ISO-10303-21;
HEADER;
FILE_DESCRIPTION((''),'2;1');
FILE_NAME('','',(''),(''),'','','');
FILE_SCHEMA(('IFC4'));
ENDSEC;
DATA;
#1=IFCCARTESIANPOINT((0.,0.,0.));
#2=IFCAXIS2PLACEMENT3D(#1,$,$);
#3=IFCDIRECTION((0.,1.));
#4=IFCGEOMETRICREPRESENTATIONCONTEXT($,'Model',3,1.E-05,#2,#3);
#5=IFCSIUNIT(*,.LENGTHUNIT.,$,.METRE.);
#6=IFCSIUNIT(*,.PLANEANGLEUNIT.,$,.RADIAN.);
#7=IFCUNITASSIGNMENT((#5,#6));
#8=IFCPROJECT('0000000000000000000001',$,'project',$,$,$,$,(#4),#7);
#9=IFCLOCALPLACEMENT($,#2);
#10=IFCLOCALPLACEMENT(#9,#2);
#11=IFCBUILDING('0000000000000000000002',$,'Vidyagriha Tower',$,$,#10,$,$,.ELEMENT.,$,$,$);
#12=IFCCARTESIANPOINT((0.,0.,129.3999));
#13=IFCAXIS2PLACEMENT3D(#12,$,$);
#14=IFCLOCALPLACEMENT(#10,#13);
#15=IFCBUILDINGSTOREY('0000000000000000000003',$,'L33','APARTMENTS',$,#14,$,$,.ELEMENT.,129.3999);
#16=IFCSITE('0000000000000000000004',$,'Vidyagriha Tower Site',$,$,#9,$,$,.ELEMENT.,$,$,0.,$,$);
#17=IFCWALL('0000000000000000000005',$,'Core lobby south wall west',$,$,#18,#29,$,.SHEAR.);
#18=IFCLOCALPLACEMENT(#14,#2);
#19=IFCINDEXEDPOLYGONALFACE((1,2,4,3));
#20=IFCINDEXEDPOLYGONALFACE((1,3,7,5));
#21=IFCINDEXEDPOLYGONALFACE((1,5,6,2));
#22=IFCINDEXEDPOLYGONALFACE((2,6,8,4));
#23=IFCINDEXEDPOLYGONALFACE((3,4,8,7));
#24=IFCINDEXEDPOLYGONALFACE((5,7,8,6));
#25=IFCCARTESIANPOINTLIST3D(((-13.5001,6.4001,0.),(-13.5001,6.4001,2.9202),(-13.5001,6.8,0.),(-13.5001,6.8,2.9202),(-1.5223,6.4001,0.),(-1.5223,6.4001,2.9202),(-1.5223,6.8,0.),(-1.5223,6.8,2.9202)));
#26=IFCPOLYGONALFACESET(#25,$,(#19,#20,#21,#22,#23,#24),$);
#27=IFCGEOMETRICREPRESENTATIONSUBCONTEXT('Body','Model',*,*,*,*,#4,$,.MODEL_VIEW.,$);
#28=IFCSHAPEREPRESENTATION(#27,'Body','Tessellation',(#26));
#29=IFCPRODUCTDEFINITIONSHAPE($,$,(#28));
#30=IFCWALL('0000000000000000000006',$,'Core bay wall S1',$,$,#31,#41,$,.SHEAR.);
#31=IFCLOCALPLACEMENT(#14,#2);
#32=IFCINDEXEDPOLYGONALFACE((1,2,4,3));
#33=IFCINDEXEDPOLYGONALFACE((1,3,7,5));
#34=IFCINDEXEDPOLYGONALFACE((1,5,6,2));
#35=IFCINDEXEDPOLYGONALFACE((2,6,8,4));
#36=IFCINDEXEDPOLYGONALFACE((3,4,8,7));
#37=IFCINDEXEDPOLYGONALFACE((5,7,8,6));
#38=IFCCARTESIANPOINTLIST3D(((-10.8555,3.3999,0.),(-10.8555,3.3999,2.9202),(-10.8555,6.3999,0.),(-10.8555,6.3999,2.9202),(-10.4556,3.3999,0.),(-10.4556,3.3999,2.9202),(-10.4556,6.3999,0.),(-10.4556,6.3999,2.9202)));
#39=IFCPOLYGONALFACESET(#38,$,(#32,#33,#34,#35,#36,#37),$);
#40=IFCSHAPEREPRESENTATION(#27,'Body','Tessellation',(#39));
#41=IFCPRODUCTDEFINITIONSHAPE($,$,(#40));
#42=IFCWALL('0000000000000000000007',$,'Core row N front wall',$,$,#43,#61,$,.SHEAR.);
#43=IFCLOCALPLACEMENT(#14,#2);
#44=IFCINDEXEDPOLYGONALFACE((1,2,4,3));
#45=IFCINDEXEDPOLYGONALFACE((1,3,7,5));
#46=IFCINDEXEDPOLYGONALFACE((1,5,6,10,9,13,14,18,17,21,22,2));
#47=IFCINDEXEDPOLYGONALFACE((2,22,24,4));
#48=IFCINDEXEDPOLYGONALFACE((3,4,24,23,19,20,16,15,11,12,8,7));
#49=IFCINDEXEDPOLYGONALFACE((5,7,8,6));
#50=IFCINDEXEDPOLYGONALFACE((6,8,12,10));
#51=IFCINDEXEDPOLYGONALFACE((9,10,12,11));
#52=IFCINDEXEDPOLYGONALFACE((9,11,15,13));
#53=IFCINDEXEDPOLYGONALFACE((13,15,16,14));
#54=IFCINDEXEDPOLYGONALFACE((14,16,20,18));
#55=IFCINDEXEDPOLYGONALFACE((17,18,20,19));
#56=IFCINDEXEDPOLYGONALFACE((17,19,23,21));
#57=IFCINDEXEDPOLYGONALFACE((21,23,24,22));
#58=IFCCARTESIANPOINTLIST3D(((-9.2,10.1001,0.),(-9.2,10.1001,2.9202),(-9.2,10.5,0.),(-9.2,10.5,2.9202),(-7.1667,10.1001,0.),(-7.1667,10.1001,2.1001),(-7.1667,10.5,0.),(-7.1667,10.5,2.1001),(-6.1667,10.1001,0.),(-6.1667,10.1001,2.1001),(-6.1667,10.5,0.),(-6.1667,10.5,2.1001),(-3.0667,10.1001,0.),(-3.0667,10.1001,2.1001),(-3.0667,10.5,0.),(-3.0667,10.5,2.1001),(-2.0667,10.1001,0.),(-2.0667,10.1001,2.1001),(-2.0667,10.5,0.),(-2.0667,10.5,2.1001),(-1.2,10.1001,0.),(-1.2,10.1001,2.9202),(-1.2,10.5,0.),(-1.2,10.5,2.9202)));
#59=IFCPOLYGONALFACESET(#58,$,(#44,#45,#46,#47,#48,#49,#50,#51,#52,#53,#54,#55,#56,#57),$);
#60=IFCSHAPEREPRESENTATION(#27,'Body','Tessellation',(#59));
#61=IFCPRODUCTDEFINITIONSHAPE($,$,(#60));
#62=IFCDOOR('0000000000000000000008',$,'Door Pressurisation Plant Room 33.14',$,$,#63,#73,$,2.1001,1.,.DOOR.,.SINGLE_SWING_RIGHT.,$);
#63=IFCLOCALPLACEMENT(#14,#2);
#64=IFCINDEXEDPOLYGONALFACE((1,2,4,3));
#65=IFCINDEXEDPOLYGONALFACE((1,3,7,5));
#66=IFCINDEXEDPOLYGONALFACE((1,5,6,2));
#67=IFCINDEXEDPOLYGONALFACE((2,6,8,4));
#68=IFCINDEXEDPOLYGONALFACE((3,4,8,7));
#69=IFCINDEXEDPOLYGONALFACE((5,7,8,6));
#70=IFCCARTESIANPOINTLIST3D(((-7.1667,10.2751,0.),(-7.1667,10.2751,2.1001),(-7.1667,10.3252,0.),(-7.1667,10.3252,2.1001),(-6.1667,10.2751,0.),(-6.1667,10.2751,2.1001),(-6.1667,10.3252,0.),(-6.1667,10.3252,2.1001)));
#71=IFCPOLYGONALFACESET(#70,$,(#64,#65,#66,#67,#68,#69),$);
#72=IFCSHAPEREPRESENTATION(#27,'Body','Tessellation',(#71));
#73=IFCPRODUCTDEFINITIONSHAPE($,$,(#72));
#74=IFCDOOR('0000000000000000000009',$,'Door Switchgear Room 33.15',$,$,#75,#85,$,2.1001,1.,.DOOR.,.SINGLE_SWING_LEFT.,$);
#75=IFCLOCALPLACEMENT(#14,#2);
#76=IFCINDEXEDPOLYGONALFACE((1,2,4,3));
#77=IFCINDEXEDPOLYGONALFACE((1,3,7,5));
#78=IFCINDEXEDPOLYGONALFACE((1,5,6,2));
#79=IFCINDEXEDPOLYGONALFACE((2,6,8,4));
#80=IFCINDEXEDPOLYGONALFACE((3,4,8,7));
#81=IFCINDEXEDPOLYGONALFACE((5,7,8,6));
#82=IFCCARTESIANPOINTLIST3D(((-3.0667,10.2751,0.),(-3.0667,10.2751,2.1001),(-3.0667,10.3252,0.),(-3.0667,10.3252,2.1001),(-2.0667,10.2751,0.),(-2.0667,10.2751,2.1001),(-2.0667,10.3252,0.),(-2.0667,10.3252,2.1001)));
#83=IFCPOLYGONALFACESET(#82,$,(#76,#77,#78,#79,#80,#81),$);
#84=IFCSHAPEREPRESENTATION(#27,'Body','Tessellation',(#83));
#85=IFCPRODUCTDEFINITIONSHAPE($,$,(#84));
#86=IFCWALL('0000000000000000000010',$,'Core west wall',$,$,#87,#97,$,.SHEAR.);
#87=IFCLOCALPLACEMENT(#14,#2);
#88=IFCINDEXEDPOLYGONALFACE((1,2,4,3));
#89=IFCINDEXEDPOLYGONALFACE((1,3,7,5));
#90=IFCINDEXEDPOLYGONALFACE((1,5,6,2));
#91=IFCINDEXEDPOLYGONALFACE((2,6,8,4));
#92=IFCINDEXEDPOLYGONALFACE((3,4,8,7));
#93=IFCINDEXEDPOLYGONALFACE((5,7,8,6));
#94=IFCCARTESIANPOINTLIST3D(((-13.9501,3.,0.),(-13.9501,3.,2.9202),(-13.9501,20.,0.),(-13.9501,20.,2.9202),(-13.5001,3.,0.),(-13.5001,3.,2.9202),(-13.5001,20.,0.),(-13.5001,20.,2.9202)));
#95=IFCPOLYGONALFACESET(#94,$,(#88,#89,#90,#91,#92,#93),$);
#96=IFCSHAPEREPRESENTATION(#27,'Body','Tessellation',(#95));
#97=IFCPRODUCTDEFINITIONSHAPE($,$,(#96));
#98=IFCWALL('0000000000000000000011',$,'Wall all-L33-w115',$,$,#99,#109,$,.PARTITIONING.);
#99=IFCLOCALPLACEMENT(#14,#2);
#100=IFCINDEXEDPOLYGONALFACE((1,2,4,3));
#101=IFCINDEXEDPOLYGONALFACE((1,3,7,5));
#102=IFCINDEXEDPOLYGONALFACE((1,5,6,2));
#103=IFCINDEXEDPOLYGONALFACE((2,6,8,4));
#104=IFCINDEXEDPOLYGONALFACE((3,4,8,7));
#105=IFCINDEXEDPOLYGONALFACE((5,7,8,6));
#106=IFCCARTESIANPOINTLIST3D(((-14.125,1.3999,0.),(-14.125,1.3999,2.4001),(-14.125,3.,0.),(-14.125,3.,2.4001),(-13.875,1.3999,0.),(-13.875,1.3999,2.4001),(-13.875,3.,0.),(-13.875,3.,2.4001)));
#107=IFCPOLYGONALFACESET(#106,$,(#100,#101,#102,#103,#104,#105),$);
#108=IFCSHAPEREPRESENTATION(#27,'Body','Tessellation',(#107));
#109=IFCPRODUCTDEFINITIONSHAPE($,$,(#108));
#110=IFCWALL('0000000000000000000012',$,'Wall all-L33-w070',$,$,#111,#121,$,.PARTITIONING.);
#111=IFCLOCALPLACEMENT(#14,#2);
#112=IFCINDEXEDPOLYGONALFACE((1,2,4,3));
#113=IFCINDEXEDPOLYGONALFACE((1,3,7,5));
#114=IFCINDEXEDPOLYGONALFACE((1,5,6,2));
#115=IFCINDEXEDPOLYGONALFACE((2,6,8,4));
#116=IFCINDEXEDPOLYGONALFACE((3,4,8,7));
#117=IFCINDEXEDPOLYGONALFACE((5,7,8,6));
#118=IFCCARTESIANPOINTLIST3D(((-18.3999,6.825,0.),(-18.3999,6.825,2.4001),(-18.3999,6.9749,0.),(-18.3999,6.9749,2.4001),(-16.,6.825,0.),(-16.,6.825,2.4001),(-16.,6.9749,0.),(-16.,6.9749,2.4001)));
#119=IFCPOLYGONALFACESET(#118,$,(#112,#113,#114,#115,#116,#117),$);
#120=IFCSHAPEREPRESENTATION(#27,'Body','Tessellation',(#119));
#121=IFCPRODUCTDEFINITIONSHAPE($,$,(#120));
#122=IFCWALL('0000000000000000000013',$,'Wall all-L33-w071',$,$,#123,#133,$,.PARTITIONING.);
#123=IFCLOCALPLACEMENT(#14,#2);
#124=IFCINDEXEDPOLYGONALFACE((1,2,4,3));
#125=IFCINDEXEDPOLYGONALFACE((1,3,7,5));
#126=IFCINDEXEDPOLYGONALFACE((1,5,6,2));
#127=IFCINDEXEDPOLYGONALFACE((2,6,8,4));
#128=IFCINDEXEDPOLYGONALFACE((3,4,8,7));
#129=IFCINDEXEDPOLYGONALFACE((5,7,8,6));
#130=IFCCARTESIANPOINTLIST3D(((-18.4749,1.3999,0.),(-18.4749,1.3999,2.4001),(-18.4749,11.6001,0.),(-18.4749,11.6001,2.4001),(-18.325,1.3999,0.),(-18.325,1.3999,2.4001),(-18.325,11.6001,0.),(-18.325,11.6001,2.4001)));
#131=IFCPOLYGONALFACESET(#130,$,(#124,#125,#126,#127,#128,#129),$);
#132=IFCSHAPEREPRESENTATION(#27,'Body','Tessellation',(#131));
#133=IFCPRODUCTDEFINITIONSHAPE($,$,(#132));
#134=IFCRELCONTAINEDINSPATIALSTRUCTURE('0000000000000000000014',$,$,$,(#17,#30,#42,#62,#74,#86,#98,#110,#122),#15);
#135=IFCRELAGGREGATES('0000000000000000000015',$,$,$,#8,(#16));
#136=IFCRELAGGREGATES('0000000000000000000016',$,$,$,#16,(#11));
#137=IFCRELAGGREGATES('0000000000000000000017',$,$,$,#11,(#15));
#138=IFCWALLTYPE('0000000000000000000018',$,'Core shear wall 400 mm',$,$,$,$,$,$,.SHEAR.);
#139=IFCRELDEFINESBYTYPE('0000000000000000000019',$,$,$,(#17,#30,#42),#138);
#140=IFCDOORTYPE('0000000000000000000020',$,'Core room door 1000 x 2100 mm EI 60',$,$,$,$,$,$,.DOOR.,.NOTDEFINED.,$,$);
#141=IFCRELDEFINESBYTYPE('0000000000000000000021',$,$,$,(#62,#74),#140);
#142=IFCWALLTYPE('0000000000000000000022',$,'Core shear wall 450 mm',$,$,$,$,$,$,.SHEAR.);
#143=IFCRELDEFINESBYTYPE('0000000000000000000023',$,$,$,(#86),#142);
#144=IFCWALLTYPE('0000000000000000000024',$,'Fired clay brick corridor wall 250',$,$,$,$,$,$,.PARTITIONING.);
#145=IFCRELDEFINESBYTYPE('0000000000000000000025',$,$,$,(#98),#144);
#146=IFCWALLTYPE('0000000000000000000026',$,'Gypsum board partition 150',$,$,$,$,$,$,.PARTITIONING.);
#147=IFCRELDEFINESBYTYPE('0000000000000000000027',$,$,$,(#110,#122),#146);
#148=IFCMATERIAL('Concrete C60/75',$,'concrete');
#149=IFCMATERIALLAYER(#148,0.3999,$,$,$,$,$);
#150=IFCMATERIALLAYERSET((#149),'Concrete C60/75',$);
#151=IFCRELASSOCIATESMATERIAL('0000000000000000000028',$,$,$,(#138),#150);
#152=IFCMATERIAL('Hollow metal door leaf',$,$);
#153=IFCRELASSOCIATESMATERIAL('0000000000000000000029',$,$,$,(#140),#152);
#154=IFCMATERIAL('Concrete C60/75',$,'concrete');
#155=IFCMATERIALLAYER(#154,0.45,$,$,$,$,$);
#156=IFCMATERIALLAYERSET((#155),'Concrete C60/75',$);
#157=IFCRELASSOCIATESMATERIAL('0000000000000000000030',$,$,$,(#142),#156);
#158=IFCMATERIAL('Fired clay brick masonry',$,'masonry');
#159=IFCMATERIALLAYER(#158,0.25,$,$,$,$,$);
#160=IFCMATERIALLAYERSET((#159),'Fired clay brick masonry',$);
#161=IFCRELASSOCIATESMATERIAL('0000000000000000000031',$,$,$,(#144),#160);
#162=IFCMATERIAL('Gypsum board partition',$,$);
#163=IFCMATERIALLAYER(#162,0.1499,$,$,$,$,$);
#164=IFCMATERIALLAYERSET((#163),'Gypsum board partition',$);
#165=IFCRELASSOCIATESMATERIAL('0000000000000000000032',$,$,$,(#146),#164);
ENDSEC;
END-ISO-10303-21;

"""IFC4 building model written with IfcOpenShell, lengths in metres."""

from ifc_helpers import new_model, si_unit, direction, frame, frame_2d, origin, place, context, subcontext, project, spatial, rectangle, extrude, material, layer, layer_set, type_object, element, fill, save


model = new_model("IFC4")

# Units and contexts
model_context = context("Model", 3, precision=1e-05, world=origin(), true_north=direction((0.0, 1.0)))
body_context = subcontext(model_context, "Body", "Model", "MODEL_VIEW")
ifc_project = project(units=[si_unit("LENGTHUNIT", "METRE"), si_unit("PLANEANGLEUNIT", "RADIAN")], contexts=[model_context])

# Site, building, storey
site_placement = place(None, origin())
site = spatial("IfcSite", under=ifc_project, at=site_placement, Name="Vidyagriha Tower Site", CompositionType="ELEMENT", RefElevation=0.0)
building_placement = place(site_placement, origin())
building = spatial("IfcBuilding", under=site, at=building_placement, Name="Vidyagriha Tower", CompositionType="ELEMENT")
storey_placement = place(building_placement, frame((0.0, 0.0, 129.3999)))
storey = spatial("IfcBuildingStorey", under=building, at=storey_placement, Name="L33", Description="APARTMENTS", CompositionType="ELEMENT", Elevation=129.3999)

# Shared definitions
ifc_material_1 = material(Name="Concrete C60/75", Category="concrete")
ifc_layer_1 = layer(ifc_material_1, 0.3999)
ifc_layer_set_1 = layer_set([ifc_layer_1], Name="Concrete C60/75")
wall_type_1 = type_object("IfcWallType", Name="Core shear wall 400 mm", PredefinedType="SHEAR", material=ifc_layer_set_1)
ifc_material_2 = material(Name="Hollow metal door leaf")
door_type_1 = type_object("IfcDoorType", Name="Core room door 1000 x 2100 mm EI 60", OperationType="NOTDEFINED", PredefinedType="DOOR", material=ifc_material_2)

# Walls
wall_1_placement = place(storey_placement, frame((-13.5, 6.6001, 0.0)))
element("IfcWall", 1, at=wall_1_placement, inside=storey, type_object=wall_type_1, Name="Core lobby south wall west", PredefinedType="SHEAR", context=body_context, shape_type="SweptSolid", body=[
    extrude(rectangle(XDim=11.9778, YDim=0.3999, at=frame_2d((5.9888, 0.0))), origin(), (0.0, 0.0, 1.0), 2.9202),
])
wall_2_placement = place(storey_placement, frame((-10.6555, 3.3999, 0.0), z_axis=(0.0, 0.0, 1.0), x_axis=(0.0, 1.0, 0.0)))
element("IfcWall", 2, at=wall_2_placement, inside=storey, type_object=wall_type_1, Name="Core bay wall S1", PredefinedType="SHEAR", context=body_context, shape_type="SweptSolid", body=[
    extrude(rectangle(XDim=3.0, YDim=0.3999, at=frame_2d((1.5, 0.0))), origin(), (0.0, 0.0, 1.0), 2.9202),
])

# Wall, openings, doors
wall_3_placement = place(storey_placement, frame((-9.2, 10.3, 0.0)))
wall_3 = element("IfcWall", 3, at=wall_3_placement, inside=storey, type_object=wall_type_1, Name="Core row N front wall", PredefinedType="SHEAR", context=body_context, shape_type="SweptSolid", body=[
    extrude(rectangle(XDim=8.0, YDim=0.3999, at=frame_2d((4.0, 0.0))), origin(), (0.0, 0.0, 1.0), 2.9202),
])
opening_1_placement = place(wall_3_placement, frame((2.0332, 0.0, 0.0)))
opening_1 = element("IfcOpeningElement", 4, at=opening_1_placement, cuts=wall_3, PredefinedType="OPENING", context=body_context, shape_type="SweptSolid", body=[
    extrude(rectangle(XDim=1.0, YDim=2.1001, at=frame_2d((0.5, 1.05))), frame((0.0, 0.21, 0.0), z_axis=(0.0, -1.0, 0.0), x_axis=(1.0, 0.0, 0.0)), (0.0, 0.0, 1.0), 0.4199),
])
opening_2_placement = place(wall_3_placement, frame((6.1333, 0.0, 0.0)))
opening_2 = element("IfcOpeningElement", 5, at=opening_2_placement, cuts=wall_3, PredefinedType="OPENING", context=body_context, shape_type="SweptSolid", body=[
    extrude(rectangle(XDim=1.0, YDim=2.1001, at=frame_2d((0.5, 1.05))), frame((0.0, 0.21, 0.0), z_axis=(0.0, -1.0, 0.0), x_axis=(1.0, 0.0, 0.0)), (0.0, 0.0, 1.0), 0.4199),
])
door_1_placement = place(opening_1_placement, frame((1.0, 0.0, 0.0), z_axis=(0.0, 0.0, 1.0), x_axis=(-1.0, 0.0, 0.0)))
door_1 = element("IfcDoor", 6, at=door_1_placement, inside=storey, type_object=door_type_1, Name="Door Pressurisation Plant Room 33.14", OperationType="SINGLE_SWING_RIGHT", OverallHeight=2.1001, OverallWidth=1.0, PredefinedType="DOOR", context=body_context, shape_type="SweptSolid", body=[
    extrude(rectangle(XDim=1.0, YDim=2.1001, at=frame_2d((0.5, 1.05))), frame((0.0, 0.0249, 0.0), z_axis=(0.0, -1.0, 0.0), x_axis=(1.0, 0.0, 0.0)), (0.0, 0.0, 1.0), 0.05),
])
fill(opening_1, door_1)
door_2_placement = place(opening_2_placement, frame((1.0, 0.0, 0.0), z_axis=(0.0, 0.0, 1.0), x_axis=(-1.0, 0.0, 0.0)))
door_2 = element("IfcDoor", 7, at=door_2_placement, inside=storey, type_object=door_type_1, Name="Door Switchgear Room 33.15", OperationType="SINGLE_SWING_LEFT", OverallHeight=2.1001, OverallWidth=1.0, PredefinedType="DOOR", context=body_context, shape_type="SweptSolid", body=[
    extrude(rectangle(XDim=1.0, YDim=2.1001, at=frame_2d((0.5, 1.05))), frame((0.0, 0.0249, 0.0), z_axis=(0.0, -1.0, 0.0), x_axis=(1.0, 0.0, 0.0)), (0.0, 0.0, 1.0), 0.05),
])
fill(opening_2, door_2)

# Walls
ifc_material_3 = material(Name="Concrete C60/75", Category="concrete")
ifc_layer_2 = layer(ifc_material_3, 0.45)
ifc_layer_set_2 = layer_set([ifc_layer_2], Name="Concrete C60/75")
wall_type_2 = type_object("IfcWallType", Name="Core shear wall 450 mm", PredefinedType="SHEAR", material=ifc_layer_set_2)
wall_4_placement = place(storey_placement, frame((-13.7251, 3.0, 0.0), z_axis=(0.0, 0.0, 1.0), x_axis=(0.0, 1.0, 0.0)))
element("IfcWall", 8, at=wall_4_placement, inside=storey, type_object=wall_type_2, Name="Core west wall", PredefinedType="SHEAR", context=body_context, shape_type="SweptSolid", body=[
    extrude(rectangle(XDim=17.0, YDim=0.45, at=frame_2d((8.5, 0.0))), origin(), (0.0, 0.0, 1.0), 2.9202),
])
ifc_material_4 = material(Name="Fired clay brick masonry", Category="masonry")
ifc_layer_3 = layer(ifc_material_4, 0.25)
ifc_layer_set_3 = layer_set([ifc_layer_3], Name="Fired clay brick masonry")
wall_type_3 = type_object("IfcWallType", Name="Fired clay brick corridor wall 250", PredefinedType="PARTITIONING", material=ifc_layer_set_3)
wall_5_placement = place(storey_placement, frame((-14.0, 3.0, 0.0), z_axis=(0.0, 0.0, 1.0), x_axis=(0.0, -1.0, 0.0)))
element("IfcWall", 9, at=wall_5_placement, inside=storey, type_object=wall_type_3, Name="Wall all-L33-w115", PredefinedType="PARTITIONING", context=body_context, shape_type="SweptSolid", body=[
    extrude(rectangle(XDim=1.6001, YDim=0.25, at=frame_2d((0.8, 0.0))), origin(), (0.0, 0.0, 1.0), 2.4001),
])
ifc_material_5 = material(Name="Gypsum board partition")
ifc_layer_4 = layer(ifc_material_5, 0.1499)
ifc_layer_set_4 = layer_set([ifc_layer_4], Name="Gypsum board partition")
wall_type_4 = type_object("IfcWallType", Name="Gypsum board partition 150", PredefinedType="PARTITIONING", material=ifc_layer_set_4)
wall_6_placement = place(storey_placement, frame((-18.3999, 6.8999, 0.0)))
element("IfcWall", 10, at=wall_6_placement, inside=storey, type_object=wall_type_4, Name="Wall all-L33-w070", PredefinedType="PARTITIONING", context=body_context, shape_type="SweptSolid", body=[
    extrude(rectangle(XDim=2.3999, YDim=0.1499, at=frame_2d((1.2, 0.0))), origin(), (0.0, 0.0, 1.0), 2.4001),
])
wall_7_placement = place(storey_placement, frame((-18.3999, 1.3999, 0.0), z_axis=(0.0, 0.0, 1.0), x_axis=(0.0, 1.0, 0.0)))
element("IfcWall", 11, at=wall_7_placement, inside=storey, type_object=wall_type_4, Name="Wall all-L33-w071", PredefinedType="PARTITIONING", context=body_context, shape_type="SweptSolid", body=[
    extrude(rectangle(XDim=10.2002, YDim=0.1499, at=frame_2d((5.1001, 0.0))), origin(), (0.0, 0.0, 1.0), 2.4001),
])

save(model, "model.ifc")
